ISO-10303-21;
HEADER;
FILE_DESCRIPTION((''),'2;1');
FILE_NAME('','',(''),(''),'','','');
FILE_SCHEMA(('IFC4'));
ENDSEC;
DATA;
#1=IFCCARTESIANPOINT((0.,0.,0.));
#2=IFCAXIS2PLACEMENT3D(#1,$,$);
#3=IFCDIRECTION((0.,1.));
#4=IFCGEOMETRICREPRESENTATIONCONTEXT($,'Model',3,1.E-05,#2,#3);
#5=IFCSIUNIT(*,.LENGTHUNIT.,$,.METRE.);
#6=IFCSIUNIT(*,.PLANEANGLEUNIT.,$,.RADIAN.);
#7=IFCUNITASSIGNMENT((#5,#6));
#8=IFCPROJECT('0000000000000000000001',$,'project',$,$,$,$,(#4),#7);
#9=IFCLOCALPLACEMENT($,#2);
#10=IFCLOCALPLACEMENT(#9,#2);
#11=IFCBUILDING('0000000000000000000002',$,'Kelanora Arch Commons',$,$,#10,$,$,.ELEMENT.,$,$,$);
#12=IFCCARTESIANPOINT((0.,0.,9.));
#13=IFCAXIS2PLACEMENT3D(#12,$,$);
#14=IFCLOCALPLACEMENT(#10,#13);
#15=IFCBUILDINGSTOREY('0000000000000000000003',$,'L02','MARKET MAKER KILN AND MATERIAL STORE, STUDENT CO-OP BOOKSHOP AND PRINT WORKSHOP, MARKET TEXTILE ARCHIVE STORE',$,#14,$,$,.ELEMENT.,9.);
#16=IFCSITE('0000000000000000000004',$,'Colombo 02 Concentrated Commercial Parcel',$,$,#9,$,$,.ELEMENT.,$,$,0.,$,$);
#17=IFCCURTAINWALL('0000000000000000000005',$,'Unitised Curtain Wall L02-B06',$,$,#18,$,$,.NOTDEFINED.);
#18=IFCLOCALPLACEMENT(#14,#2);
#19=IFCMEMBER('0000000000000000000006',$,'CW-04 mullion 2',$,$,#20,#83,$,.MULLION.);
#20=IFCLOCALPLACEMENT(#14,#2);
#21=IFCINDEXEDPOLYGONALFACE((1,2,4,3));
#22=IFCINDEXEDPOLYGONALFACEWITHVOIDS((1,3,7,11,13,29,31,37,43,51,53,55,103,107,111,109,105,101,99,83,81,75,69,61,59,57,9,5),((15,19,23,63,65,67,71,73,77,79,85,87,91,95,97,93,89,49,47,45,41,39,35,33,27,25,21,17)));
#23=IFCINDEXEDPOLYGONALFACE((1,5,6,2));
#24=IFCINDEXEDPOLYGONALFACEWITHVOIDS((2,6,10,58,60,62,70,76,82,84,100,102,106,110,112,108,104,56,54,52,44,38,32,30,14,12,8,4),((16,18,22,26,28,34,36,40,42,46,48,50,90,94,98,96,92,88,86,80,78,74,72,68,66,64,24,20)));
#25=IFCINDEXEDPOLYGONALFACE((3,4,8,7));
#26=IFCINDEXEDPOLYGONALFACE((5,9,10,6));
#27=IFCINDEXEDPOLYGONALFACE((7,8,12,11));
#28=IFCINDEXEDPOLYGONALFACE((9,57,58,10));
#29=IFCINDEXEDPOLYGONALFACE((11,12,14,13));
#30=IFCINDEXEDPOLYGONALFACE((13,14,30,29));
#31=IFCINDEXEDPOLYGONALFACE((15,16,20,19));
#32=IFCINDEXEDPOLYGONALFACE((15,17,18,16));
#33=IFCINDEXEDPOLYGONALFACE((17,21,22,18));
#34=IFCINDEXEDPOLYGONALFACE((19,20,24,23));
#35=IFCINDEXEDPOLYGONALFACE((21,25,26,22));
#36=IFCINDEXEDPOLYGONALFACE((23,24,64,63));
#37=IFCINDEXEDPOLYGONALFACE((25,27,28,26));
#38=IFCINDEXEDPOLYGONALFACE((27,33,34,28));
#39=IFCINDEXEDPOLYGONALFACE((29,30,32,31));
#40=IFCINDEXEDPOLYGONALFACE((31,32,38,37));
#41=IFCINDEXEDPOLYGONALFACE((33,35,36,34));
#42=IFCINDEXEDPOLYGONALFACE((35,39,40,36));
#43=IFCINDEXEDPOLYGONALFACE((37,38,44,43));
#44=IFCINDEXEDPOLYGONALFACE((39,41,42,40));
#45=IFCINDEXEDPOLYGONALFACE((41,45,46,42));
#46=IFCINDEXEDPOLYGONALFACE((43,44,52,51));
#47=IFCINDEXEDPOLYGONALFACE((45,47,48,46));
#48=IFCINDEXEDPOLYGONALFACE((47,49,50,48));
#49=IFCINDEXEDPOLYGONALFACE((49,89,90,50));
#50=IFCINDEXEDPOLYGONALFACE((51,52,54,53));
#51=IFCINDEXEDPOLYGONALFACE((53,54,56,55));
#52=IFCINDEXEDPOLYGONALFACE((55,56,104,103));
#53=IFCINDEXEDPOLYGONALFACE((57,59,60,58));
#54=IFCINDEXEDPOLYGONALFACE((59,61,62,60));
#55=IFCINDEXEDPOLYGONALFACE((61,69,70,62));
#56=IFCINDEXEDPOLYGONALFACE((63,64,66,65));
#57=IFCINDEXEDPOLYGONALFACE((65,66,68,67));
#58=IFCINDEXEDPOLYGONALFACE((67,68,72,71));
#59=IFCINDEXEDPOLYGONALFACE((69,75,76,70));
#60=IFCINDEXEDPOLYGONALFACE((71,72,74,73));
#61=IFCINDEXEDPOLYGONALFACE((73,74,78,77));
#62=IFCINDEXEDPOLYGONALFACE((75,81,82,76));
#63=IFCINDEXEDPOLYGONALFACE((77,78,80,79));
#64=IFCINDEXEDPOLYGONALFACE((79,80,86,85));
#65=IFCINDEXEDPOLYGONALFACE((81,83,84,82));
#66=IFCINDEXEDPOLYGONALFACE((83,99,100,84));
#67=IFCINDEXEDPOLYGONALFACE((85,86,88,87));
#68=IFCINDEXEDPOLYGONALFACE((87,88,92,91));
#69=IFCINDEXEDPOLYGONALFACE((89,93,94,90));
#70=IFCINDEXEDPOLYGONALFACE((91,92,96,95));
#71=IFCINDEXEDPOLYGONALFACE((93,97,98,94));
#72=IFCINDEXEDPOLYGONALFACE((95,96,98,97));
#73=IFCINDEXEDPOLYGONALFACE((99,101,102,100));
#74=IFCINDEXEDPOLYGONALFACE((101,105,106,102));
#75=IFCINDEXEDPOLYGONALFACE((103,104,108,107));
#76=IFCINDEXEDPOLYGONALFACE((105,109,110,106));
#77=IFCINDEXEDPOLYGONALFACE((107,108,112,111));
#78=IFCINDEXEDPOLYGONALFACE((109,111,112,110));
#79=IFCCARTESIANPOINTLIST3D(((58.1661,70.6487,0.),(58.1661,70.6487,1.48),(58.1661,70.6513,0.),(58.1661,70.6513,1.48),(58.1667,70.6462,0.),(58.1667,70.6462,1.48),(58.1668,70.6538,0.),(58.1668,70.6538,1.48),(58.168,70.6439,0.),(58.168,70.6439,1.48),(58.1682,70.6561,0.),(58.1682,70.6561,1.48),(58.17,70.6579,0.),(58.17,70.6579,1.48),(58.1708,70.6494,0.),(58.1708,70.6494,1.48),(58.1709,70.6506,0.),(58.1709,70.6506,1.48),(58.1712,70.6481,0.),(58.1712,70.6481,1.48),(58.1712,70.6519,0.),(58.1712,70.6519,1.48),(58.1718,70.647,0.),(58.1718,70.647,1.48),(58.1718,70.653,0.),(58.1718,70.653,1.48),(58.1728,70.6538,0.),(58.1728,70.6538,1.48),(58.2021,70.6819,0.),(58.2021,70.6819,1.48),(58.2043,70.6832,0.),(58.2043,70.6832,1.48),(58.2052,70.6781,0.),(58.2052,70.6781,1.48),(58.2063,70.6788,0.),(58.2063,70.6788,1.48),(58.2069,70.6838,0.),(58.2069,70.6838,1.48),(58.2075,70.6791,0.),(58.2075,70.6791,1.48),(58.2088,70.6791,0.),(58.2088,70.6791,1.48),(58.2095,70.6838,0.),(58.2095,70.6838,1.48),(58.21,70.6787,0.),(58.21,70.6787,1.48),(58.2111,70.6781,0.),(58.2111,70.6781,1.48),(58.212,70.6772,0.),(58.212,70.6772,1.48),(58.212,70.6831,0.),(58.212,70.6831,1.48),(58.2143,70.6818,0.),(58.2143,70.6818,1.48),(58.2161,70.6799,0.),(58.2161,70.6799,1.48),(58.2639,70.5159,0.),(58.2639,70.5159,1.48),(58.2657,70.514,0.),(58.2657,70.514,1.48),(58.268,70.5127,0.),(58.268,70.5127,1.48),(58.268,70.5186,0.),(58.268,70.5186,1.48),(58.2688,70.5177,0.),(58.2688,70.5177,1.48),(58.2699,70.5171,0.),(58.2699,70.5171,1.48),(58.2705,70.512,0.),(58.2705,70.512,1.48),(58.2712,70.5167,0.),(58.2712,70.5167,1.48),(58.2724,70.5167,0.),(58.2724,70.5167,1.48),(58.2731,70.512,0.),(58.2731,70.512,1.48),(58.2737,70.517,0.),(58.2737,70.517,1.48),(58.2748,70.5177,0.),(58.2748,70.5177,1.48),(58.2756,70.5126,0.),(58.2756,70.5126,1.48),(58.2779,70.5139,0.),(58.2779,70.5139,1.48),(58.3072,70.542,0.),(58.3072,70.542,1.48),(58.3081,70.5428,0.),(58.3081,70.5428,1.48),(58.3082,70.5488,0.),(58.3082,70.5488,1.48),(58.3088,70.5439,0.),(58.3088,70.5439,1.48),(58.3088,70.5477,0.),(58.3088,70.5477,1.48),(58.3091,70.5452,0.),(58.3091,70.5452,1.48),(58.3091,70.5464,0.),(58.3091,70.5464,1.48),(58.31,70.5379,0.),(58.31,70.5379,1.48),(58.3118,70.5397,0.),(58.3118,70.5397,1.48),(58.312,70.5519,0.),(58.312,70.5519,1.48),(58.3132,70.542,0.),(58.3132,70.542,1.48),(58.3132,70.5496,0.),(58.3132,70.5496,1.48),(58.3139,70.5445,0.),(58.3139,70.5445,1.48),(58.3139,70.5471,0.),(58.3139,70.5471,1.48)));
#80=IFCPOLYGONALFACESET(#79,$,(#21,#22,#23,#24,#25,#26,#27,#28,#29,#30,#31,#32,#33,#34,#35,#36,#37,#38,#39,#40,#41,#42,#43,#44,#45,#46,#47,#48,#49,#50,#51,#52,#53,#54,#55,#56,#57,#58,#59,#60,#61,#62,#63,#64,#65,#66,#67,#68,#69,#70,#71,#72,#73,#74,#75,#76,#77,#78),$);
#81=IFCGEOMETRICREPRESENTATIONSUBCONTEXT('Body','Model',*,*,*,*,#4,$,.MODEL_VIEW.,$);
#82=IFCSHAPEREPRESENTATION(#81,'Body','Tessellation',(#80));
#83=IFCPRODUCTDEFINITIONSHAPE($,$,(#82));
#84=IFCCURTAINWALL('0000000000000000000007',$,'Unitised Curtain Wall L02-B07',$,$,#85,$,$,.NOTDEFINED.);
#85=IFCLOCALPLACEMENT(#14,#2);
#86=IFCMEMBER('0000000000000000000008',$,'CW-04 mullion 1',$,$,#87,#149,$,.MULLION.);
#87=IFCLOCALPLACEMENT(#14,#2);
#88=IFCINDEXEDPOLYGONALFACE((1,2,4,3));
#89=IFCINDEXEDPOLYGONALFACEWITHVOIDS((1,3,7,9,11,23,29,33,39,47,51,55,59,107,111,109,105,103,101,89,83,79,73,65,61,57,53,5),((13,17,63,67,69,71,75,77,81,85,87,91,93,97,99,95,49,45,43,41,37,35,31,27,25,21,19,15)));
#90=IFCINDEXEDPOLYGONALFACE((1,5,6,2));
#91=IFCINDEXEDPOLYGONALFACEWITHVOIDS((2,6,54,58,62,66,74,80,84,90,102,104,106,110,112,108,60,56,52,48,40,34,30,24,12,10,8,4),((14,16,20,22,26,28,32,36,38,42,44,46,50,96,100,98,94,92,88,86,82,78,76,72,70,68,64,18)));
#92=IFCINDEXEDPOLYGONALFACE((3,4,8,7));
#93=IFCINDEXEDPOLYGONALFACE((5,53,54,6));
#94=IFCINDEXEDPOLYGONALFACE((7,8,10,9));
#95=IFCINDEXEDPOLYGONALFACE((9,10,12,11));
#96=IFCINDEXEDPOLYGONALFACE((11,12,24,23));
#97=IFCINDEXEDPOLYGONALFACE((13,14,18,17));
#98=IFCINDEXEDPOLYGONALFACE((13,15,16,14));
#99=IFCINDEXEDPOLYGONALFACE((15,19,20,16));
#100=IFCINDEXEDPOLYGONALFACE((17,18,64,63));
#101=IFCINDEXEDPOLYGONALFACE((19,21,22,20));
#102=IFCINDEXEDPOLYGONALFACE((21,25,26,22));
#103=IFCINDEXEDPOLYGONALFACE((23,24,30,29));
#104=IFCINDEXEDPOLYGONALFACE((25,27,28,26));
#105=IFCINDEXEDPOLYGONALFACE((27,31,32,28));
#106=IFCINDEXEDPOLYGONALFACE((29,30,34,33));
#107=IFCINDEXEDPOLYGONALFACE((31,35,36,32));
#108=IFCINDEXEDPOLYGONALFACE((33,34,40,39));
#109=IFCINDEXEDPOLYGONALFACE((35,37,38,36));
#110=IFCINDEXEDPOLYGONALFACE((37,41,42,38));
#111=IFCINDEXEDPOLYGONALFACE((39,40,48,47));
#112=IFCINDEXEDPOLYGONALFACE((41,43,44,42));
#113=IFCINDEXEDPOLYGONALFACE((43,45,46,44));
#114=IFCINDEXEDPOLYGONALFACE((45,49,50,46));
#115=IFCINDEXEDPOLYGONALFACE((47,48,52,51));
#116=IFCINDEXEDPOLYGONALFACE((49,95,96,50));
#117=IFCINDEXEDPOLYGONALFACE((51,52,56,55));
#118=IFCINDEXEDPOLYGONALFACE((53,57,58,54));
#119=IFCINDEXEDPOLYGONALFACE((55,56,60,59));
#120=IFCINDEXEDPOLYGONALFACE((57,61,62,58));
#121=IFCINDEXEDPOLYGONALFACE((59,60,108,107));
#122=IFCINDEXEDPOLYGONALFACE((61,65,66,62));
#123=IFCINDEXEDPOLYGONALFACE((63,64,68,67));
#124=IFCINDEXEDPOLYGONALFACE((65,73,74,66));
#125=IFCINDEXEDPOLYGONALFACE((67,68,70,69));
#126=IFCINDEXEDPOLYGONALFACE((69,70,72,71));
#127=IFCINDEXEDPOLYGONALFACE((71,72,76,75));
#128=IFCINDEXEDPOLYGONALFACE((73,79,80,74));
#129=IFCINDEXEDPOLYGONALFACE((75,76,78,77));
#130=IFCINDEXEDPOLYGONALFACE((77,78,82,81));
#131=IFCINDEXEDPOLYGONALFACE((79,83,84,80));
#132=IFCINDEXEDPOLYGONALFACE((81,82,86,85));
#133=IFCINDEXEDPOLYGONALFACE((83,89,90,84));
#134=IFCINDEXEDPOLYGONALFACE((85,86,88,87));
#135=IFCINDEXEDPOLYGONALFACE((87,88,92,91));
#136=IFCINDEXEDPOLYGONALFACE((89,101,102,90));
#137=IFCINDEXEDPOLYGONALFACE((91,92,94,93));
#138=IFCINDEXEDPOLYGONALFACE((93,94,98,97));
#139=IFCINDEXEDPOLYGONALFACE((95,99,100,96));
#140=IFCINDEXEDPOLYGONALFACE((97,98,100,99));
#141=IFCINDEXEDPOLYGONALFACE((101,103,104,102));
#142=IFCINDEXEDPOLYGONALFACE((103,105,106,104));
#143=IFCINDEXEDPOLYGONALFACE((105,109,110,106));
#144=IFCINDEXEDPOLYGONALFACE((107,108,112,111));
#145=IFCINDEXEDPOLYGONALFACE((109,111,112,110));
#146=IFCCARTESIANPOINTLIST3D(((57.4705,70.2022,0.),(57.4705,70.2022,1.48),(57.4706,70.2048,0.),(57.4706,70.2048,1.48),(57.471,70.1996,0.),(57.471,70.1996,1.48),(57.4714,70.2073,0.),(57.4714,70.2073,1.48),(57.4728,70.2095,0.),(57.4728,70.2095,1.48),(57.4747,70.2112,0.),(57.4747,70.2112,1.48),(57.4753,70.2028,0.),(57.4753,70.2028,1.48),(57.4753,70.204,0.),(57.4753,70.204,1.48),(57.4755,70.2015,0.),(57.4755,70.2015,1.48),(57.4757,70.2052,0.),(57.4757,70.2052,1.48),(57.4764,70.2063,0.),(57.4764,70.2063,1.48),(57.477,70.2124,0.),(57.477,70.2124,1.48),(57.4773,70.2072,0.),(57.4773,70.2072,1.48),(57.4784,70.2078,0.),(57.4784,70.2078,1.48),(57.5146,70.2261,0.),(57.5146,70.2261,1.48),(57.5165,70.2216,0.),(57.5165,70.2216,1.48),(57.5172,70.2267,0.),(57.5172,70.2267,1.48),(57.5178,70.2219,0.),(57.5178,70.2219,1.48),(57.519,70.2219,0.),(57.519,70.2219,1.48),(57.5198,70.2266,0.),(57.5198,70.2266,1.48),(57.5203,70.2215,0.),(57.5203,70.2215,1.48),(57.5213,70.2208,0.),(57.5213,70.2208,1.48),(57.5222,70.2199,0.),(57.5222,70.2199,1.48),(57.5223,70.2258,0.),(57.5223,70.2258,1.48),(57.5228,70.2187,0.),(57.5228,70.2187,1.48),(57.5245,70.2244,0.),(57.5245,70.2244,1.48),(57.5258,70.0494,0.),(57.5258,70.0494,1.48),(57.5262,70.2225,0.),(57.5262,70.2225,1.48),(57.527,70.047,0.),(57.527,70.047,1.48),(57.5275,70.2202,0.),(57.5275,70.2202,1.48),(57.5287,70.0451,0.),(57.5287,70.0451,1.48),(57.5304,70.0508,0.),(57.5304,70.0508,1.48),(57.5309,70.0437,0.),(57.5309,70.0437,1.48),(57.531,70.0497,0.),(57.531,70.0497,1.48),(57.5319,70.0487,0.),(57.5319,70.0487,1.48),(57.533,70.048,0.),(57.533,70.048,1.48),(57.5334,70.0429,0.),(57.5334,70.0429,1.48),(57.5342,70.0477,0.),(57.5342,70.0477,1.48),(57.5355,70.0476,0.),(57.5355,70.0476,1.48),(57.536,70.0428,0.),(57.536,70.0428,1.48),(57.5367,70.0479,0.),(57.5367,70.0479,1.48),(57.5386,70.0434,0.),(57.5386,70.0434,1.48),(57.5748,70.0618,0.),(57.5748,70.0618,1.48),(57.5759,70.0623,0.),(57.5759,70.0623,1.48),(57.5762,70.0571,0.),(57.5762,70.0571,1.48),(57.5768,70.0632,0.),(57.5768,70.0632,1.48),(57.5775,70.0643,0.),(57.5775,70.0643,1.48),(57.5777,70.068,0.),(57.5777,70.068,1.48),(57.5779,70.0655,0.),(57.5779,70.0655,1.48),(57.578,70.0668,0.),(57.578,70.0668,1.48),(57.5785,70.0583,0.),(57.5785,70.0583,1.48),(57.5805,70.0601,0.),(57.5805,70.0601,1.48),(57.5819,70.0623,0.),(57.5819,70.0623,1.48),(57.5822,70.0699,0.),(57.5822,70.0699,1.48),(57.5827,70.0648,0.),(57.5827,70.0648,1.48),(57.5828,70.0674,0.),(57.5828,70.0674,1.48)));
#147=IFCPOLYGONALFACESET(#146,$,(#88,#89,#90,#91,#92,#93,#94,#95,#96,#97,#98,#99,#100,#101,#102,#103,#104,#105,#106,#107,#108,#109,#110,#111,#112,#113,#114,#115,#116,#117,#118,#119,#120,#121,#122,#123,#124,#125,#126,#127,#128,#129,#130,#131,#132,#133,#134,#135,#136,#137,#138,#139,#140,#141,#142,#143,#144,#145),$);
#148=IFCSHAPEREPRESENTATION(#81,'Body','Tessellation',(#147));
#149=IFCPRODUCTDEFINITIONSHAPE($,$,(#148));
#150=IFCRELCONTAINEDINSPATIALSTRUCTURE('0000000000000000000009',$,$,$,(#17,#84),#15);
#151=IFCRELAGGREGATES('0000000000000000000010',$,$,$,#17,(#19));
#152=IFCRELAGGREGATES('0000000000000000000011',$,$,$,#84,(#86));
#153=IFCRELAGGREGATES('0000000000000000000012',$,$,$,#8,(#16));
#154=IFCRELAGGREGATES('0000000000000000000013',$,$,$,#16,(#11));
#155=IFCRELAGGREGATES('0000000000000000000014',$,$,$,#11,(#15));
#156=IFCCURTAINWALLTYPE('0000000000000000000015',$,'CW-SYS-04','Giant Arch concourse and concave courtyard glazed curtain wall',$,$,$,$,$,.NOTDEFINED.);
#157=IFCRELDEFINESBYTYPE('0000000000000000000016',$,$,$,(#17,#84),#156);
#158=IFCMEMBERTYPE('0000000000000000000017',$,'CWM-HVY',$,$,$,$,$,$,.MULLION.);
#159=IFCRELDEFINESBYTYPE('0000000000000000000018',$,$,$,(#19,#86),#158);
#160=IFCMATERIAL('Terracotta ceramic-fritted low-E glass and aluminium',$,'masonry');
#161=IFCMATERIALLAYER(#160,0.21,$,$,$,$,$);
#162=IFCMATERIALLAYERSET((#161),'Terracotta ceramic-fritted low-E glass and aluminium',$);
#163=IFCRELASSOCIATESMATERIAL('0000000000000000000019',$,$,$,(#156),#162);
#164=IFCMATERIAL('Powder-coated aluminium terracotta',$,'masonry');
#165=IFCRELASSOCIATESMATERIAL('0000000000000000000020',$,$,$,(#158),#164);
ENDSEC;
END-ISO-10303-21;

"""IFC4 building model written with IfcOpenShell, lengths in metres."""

from ifc_helpers import new_model, si_unit, direction, frame, origin, origin_2d, place, context, subcontext, project, spatial, hollow_rectangle, extrude, material, layer, layer_set, material_profile, profile_set, type_object, element, aggregate, save


model = new_model("IFC4")

# Units and contexts
model_context = context("Model", 3, precision=1e-05, world=origin(), true_north=direction((0.0, 1.0)))
body_context = subcontext(model_context, "Body", "Model", "MODEL_VIEW")
ifc_project = project(units=[si_unit("LENGTHUNIT", "METRE"), si_unit("PLANEANGLEUNIT", "RADIAN")], contexts=[model_context])

# Site, building, storey
site_placement = place(None, origin())
site = spatial("IfcSite", under=ifc_project, at=site_placement, Name="Colombo 02 Concentrated Commercial Parcel", CompositionType="ELEMENT", RefElevation=0.0)
building_placement = place(site_placement, origin())
building = spatial("IfcBuilding", under=site, at=building_placement, Name="Kelanora Arch Commons", CompositionType="ELEMENT")
storey_placement = place(building_placement, frame((0.0, 0.0, 9.0)))
storey = spatial("IfcBuildingStorey", under=building, at=storey_placement, Name="L02", Description="MARKET MAKER KILN AND MATERIAL STORE, STUDENT CO-OP BOOKSHOP AND PRINT WORKSHOP, MARKET TEXTILE ARCHIVE STORE", CompositionType="ELEMENT", Elevation=9.0)

# Curtain wall, member
ifc_material_1 = material(Name="Terracotta ceramic-fritted low-E glass and aluminium", Category="masonry")
ifc_layer_1 = layer(ifc_material_1, 0.21)
ifc_layer_set_1 = layer_set([ifc_layer_1], Name="Terracotta ceramic-fritted low-E glass and aluminium")
curtain_wall_type = type_object("IfcCurtainWallType", Name="CW-SYS-04", Description="Giant Arch concourse and concave courtyard glazed curtain wall", PredefinedType="NOTDEFINED", material=ifc_layer_set_1)
curtain_wall_1_placement = place(storey_placement, origin())
curtain_wall_1 = element("IfcCurtainWall", 1, at=curtain_wall_1_placement, inside=storey, type_object=curtain_wall_type, Name="Unitised Curtain Wall L02-B06", PredefinedType="NOTDEFINED")
ifc_material_2 = material(Name="Powder-coated aluminium terracotta", Category="masonry")
ifc_material_profile_1 = material_profile(ifc_material_2, hollow_rectangle(XDim=0.1799, YDim=0.0601, WallThickness=0.0049, InnerFilletRadius=0.0049, OuterFilletRadius=0.01, at=origin_2d()), Name="CWM180x60")
ifc_profile_set_1 = profile_set([ifc_material_profile_1], Name="Powder-coated aluminium terracotta")
member_type_1 = type_object("IfcMemberType", Name="CWM-HVY", PredefinedType="MULLION", material=ifc_profile_set_1)
member_1_placement = place(storey_placement, frame((58.24, 70.5979, 0.0), z_axis=(0.0, 0.0, 1.0), x_axis=(0.599588, -0.800309, 0.0)))
member_1 = element("IfcMember", 2, at=member_1_placement, type_object=member_type_1, Name="CW-04 mullion 2", PredefinedType="MULLION", context=body_context, shape_type="SweptSolid", body=[
    extrude(hollow_rectangle(XDim=0.1799, YDim=0.0601, WallThickness=0.0049, InnerFilletRadius=0.0049, OuterFilletRadius=0.01, at=origin_2d()), origin(), (0.0, 0.0, 1.0), 1.48),
])

# Curtain wall, member
curtain_wall_2_placement = place(storey_placement, origin())
curtain_wall_2 = element("IfcCurtainWall", 3, at=curtain_wall_2_placement, inside=storey, type_object=curtain_wall_type, Name="Unitised Curtain Wall L02-B07", PredefinedType="NOTDEFINED")
member_2_placement = place(storey_placement, frame((57.5266, 70.1348, 0.0), z_axis=(0.0, 0.0, 1.0), x_axis=(0.342318, -0.939584, 0.0)))
member_2 = element("IfcMember", 4, at=member_2_placement, type_object=member_type_1, Name="CW-04 mullion 1", PredefinedType="MULLION", context=body_context, shape_type="SweptSolid", body=[
    extrude(hollow_rectangle(XDim=0.1799, YDim=0.0601, WallThickness=0.0049, InnerFilletRadius=0.0049, OuterFilletRadius=0.01, at=origin_2d()), origin(), (0.0, 0.0, 1.0), 1.48),
])

aggregate(curtain_wall_1, [member_1])
aggregate(curtain_wall_2, [member_2])

save(model, "model.ifc")
